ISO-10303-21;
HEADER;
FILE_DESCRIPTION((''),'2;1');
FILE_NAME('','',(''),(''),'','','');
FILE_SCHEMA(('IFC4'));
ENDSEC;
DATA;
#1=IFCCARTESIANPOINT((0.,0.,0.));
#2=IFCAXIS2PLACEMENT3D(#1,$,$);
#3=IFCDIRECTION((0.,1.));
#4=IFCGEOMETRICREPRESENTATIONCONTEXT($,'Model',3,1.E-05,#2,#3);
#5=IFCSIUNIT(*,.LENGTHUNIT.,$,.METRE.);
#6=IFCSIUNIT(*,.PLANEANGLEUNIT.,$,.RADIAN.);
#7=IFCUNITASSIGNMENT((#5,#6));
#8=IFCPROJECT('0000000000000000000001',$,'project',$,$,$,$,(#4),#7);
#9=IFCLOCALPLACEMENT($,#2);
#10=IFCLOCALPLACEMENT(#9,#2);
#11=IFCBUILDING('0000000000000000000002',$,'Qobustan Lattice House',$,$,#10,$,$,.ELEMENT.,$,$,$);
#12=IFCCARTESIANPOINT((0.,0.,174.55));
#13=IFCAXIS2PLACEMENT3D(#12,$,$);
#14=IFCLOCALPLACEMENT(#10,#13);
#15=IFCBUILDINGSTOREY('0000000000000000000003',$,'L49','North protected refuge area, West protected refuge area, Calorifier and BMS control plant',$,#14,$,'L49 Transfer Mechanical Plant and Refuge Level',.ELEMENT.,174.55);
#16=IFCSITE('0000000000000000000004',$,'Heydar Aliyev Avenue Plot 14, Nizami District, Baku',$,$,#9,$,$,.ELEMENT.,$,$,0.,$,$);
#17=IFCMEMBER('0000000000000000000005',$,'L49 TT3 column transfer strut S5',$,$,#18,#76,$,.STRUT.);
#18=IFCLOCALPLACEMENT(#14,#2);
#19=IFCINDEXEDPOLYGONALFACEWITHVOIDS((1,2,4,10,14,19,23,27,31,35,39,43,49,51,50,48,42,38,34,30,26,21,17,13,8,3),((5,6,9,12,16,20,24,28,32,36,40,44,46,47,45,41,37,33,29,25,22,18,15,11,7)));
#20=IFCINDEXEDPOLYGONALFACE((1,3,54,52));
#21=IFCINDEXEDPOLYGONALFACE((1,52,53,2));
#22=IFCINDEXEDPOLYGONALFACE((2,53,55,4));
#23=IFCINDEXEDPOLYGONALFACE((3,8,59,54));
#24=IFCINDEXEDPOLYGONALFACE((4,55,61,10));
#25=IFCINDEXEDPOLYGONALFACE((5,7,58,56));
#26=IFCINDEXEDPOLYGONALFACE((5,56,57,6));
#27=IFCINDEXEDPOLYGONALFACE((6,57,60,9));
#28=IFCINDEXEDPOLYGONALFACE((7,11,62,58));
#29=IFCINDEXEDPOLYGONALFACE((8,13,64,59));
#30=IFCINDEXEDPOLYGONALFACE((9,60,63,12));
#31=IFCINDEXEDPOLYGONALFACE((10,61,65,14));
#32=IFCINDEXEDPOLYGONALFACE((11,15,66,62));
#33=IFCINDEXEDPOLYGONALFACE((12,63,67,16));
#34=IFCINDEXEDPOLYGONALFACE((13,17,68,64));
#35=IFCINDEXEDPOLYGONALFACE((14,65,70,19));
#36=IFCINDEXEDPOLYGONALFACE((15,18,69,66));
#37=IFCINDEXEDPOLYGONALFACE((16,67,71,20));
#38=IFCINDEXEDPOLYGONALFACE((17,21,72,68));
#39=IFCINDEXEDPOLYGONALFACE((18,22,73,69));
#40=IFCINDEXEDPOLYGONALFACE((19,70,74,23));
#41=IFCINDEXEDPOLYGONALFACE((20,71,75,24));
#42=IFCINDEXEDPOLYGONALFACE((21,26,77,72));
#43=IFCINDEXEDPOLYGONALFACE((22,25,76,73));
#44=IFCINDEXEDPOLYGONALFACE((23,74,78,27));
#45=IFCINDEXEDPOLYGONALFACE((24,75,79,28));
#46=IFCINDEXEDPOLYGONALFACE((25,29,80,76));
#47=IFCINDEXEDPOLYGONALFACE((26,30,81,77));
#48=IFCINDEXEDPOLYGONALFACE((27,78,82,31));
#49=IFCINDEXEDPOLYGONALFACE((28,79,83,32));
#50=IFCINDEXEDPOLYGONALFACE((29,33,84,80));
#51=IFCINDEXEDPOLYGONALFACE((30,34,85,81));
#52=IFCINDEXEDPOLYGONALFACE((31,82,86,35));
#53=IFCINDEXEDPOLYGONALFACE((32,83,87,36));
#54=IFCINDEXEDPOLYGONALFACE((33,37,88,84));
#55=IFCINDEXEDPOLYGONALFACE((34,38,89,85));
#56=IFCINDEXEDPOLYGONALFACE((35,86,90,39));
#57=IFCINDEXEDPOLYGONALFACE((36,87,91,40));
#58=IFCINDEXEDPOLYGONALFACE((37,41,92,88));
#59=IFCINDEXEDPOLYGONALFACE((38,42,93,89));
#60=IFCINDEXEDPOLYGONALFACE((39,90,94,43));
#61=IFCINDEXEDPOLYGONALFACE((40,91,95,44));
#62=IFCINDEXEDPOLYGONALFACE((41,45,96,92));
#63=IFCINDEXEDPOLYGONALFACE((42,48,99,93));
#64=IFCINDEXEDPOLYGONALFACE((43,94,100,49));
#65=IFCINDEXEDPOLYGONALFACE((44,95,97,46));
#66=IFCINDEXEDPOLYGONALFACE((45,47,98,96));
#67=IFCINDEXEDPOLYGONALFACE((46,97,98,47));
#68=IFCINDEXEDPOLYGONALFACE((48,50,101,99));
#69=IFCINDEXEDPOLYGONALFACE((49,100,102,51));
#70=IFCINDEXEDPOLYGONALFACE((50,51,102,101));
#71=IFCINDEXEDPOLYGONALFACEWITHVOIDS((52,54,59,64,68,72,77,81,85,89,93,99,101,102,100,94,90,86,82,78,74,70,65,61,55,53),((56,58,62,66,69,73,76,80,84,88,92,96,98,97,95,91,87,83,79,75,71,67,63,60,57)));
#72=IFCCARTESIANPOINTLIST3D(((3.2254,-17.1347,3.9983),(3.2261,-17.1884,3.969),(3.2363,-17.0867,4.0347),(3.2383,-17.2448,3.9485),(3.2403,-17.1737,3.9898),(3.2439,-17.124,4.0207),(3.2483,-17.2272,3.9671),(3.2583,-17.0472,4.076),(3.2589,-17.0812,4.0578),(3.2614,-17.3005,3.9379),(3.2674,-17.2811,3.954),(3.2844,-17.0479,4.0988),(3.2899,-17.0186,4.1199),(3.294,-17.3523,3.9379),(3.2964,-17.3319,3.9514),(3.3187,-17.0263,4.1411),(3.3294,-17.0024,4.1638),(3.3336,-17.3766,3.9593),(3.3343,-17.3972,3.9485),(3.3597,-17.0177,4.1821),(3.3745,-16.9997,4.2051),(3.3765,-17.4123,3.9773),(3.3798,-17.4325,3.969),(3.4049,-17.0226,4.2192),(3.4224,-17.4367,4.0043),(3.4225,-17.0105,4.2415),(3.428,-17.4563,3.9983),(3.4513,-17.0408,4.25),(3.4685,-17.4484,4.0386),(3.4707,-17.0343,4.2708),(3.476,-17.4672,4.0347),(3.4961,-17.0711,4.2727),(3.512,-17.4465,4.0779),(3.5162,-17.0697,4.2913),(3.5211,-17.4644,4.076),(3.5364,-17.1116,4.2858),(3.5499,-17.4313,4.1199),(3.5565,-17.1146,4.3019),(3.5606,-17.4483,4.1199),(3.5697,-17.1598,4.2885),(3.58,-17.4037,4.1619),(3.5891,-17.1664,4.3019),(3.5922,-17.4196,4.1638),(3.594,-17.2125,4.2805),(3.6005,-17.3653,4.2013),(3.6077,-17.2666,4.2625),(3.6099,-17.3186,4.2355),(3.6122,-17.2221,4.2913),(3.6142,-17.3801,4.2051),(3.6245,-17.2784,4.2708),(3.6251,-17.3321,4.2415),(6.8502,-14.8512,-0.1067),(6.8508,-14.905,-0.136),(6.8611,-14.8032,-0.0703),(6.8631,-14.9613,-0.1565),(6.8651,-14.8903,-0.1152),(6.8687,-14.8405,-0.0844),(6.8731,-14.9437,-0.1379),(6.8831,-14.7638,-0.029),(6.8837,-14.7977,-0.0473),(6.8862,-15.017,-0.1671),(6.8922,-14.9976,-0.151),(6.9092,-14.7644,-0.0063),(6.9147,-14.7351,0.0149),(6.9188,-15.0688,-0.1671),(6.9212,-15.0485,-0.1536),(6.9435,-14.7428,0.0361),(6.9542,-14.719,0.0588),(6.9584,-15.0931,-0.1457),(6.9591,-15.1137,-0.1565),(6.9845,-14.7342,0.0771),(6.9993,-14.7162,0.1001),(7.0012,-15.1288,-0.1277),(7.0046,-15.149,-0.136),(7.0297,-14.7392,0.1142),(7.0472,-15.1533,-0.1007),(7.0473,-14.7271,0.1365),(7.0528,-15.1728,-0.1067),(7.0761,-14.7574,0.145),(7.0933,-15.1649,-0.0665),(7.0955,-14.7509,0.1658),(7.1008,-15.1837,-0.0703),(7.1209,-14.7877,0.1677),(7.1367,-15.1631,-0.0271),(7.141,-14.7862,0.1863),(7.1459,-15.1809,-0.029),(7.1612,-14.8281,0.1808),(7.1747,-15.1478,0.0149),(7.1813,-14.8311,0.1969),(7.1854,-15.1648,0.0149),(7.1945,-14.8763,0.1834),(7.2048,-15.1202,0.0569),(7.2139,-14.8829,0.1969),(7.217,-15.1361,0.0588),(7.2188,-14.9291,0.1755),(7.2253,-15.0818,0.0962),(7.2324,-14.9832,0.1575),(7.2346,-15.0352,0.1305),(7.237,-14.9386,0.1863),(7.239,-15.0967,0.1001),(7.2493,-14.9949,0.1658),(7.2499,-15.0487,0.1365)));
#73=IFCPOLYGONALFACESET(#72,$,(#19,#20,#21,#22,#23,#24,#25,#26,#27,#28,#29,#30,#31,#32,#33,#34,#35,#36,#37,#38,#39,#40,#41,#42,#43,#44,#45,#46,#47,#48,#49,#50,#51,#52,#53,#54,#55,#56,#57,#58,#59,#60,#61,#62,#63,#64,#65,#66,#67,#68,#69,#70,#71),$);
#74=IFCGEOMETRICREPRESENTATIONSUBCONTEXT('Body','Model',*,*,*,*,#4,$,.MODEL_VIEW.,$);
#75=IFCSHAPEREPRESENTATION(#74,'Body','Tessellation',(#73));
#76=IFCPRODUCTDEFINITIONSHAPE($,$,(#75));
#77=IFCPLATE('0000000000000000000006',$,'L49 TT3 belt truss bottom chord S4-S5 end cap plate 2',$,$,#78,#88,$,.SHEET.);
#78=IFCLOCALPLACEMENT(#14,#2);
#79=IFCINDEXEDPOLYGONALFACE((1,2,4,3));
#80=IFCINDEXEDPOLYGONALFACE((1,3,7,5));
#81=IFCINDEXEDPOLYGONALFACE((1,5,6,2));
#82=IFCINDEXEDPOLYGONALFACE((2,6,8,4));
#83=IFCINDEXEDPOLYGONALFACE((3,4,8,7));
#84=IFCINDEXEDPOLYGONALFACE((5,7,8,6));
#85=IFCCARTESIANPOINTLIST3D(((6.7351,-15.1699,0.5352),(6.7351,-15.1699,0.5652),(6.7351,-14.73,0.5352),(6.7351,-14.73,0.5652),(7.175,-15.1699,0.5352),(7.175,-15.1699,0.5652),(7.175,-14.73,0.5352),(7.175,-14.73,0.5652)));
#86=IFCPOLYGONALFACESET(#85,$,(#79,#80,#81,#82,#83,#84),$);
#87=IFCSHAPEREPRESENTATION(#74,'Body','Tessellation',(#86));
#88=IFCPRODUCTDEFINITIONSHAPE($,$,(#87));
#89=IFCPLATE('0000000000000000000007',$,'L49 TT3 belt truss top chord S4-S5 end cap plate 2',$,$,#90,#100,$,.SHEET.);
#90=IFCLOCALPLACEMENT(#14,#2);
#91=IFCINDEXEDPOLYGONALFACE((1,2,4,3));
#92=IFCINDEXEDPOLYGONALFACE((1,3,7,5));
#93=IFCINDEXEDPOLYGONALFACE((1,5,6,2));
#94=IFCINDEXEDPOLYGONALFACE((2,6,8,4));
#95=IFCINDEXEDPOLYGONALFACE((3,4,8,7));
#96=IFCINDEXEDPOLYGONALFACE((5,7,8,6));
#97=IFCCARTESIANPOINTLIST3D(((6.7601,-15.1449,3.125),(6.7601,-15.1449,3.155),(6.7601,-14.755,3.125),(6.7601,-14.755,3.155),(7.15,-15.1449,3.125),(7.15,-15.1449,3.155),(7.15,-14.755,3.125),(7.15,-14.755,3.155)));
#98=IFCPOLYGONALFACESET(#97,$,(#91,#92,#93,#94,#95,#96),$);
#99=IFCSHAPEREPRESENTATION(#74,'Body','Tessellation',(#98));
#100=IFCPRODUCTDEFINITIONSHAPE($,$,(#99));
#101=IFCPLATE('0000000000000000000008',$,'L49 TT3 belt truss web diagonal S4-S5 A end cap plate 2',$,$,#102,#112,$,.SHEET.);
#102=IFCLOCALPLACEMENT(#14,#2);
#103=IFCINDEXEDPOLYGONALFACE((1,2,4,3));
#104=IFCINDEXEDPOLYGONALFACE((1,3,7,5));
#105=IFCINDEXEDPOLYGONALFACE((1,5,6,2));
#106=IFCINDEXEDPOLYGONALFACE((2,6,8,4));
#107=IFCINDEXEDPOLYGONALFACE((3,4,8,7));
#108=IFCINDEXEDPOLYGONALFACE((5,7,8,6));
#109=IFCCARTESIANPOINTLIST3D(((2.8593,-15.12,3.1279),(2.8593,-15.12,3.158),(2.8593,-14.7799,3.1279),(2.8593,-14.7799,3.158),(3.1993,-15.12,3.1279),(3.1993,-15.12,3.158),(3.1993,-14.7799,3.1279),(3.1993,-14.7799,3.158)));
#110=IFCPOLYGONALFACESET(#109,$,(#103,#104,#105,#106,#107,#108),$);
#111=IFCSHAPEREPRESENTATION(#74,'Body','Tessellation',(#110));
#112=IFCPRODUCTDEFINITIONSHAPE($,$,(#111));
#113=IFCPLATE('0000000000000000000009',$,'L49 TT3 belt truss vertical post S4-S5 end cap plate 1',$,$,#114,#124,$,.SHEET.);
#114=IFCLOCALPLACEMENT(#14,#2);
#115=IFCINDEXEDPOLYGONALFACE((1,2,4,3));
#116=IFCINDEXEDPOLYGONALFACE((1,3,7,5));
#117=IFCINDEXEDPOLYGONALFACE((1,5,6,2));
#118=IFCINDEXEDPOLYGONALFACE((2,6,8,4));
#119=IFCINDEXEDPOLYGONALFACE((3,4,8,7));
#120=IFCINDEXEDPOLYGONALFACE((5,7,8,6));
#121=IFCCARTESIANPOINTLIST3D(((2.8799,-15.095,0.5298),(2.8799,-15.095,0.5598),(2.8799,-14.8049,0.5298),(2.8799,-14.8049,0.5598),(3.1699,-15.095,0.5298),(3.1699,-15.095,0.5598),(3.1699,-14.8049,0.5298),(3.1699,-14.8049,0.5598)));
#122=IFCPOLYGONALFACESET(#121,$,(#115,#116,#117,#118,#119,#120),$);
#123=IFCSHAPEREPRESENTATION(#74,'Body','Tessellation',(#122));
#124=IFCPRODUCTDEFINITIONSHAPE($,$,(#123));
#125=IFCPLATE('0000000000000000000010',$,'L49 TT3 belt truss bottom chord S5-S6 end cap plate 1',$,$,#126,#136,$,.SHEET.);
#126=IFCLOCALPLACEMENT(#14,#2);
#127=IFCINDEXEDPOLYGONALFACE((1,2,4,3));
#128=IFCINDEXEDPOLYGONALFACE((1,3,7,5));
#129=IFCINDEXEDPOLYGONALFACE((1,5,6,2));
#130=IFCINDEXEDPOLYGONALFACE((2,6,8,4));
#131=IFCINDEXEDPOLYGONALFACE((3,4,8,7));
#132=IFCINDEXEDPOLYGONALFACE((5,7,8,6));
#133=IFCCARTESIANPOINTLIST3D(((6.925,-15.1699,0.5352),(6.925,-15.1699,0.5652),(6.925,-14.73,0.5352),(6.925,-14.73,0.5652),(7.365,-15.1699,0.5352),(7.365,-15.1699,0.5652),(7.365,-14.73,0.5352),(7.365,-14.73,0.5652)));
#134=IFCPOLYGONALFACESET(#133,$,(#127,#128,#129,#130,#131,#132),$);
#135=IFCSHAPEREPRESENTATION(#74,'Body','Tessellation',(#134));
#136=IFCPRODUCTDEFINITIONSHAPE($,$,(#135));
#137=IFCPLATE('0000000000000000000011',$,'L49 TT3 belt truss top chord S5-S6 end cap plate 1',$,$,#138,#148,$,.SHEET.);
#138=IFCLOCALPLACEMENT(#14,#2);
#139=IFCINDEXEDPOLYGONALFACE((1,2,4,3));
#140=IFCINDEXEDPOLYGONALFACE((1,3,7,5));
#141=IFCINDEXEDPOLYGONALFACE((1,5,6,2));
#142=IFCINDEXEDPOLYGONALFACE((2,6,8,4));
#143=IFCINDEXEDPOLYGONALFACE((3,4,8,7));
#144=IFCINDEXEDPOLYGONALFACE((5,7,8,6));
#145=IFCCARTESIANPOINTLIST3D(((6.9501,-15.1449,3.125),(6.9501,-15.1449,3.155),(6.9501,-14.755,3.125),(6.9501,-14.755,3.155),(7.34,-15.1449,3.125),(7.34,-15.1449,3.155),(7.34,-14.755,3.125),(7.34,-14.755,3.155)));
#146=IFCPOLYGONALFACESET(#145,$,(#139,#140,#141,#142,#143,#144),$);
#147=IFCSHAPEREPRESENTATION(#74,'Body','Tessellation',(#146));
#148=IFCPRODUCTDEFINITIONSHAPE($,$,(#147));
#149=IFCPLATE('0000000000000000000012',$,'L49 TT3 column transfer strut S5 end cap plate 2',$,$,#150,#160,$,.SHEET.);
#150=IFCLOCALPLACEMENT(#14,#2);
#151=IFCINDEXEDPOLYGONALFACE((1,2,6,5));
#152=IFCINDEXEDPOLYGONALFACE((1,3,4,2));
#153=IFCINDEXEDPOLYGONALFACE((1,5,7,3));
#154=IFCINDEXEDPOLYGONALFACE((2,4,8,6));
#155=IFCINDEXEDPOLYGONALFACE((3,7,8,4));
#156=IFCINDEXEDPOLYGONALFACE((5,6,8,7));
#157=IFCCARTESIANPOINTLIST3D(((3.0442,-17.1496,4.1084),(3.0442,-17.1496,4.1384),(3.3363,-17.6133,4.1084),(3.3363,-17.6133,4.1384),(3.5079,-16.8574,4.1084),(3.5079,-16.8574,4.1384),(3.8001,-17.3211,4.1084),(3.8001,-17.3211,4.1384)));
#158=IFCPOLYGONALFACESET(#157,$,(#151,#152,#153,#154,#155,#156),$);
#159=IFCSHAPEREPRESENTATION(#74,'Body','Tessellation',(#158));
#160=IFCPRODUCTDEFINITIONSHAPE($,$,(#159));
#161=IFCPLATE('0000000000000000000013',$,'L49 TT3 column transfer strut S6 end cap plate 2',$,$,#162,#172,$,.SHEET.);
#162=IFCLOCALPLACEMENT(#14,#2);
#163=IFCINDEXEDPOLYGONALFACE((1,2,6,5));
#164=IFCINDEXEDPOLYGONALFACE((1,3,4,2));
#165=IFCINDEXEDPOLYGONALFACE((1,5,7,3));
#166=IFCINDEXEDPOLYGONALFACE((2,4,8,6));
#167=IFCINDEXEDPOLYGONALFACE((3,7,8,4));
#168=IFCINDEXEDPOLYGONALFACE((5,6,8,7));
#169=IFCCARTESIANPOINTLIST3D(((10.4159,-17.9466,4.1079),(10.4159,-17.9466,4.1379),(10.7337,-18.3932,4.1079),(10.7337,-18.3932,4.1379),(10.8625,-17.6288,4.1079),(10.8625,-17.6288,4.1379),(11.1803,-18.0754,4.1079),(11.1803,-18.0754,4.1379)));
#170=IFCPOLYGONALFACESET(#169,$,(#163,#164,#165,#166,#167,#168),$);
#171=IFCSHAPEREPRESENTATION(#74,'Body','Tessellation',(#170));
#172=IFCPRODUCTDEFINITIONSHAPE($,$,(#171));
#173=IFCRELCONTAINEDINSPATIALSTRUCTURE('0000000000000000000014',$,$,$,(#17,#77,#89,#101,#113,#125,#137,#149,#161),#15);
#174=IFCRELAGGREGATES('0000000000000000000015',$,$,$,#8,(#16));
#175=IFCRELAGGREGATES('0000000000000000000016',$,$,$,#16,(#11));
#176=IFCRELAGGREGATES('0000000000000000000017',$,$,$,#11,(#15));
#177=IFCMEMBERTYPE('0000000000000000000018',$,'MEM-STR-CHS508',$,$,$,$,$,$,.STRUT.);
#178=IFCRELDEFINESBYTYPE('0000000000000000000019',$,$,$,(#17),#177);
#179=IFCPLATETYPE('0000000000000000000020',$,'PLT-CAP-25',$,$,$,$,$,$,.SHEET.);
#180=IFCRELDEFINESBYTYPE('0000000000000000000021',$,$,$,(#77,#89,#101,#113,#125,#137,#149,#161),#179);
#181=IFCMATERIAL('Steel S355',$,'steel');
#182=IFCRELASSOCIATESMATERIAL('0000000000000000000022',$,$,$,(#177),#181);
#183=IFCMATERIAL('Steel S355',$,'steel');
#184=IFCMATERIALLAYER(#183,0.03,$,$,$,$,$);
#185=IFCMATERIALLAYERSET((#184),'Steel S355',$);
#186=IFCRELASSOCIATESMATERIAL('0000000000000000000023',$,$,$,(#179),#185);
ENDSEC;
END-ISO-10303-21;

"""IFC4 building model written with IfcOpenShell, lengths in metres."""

from ifc_helpers import new_model, si_unit, direction, frame, origin, origin_2d, place, context, subcontext, project, spatial, rectangle, hollow_circle, extrude, material, layer, layer_set, material_profile, profile_set, type_object, element, save


model = new_model("IFC4")

# Units and contexts
model_context = context("Model", 3, precision=1e-05, world=origin(), true_north=direction((0.0, 1.0)))
body_context = subcontext(model_context, "Body", "Model", "MODEL_VIEW")
ifc_project = project(units=[si_unit("LENGTHUNIT", "METRE"), si_unit("PLANEANGLEUNIT", "RADIAN")], contexts=[model_context])

# Site, building, storey
site_placement = place(None, origin())
site = spatial("IfcSite", under=ifc_project, at=site_placement, Name="Heydar Aliyev Avenue Plot 14, Nizami District, Baku", CompositionType="ELEMENT", RefElevation=0.0)
building_placement = place(site_placement, origin())
building = spatial("IfcBuilding", under=site, at=building_placement, Name="Qobustan Lattice House", CompositionType="ELEMENT")
storey_placement = place(building_placement, frame((0.0, 0.0, 174.55)))
storey = spatial("IfcBuildingStorey", under=building, at=storey_placement, Name="L49", Description="North protected refuge area, West protected refuge area, Calorifier and BMS control plant", LongName="L49 Transfer Mechanical Plant and Refuge Level", CompositionType="ELEMENT", Elevation=174.55)

# Member
ifc_material_1 = material(Name="Steel S355", Category="steel")
ifc_material_profile_1 = material_profile(ifc_material_1, hollow_circle(Radius=0.2539, WallThickness=0.02, at=origin_2d()), Name="CHS508x20")
ifc_profile_set_1 = profile_set([ifc_material_profile_1], Name="Steel S355")
member_type_1 = type_object("IfcMemberType", Name="MEM-STR-CHS508", PredefinedType="STRUT", material=ifc_profile_set_1)
member_1_placement = place(storey_placement, frame((7.05, -14.95, 0.0149), z_axis=(-0.610919, -0.384854, 0.691856), x_axis=(0.533013, -0.846107, 0.0)))
element("IfcMember", 1, at=member_1_placement, inside=storey, type_object=member_type_1, Name="L49 TT3 column transfer strut S5", PredefinedType="STRUT", context=body_context, shape_type="SweptSolid", body=[
    extrude(hollow_circle(Radius=0.2539, WallThickness=0.02, at=origin_2d()), origin(), (0.0, 0.0, 1.0), 5.9333),
])

# Plates
ifc_material_2 = material(Name="Steel S355", Category="steel")
ifc_layer = layer(ifc_material_2, 0.03)
ifc_layer_set = layer_set([ifc_layer], Name="Steel S355")
plate_type = type_object("IfcPlateType", Name="PLT-CAP-25", PredefinedType="SHEET", material=ifc_layer_set)
plate_1_placement = place(storey_placement, frame((6.9551, -14.95, 0.5352), z_axis=(0.0, 0.0, 1.0), x_axis=(1.0, 0.0, 0.0)))
element("IfcPlate", 2, at=plate_1_placement, inside=storey, type_object=plate_type, Name="L49 TT3 belt truss bottom chord S4-S5 end cap plate 2", PredefinedType="SHEET", context=body_context, shape_type="SweptSolid", body=[
    extrude(rectangle(XDim=0.4399, YDim=0.4399, at=origin_2d()), origin(), (0.0, 0.0, 1.0), 0.03),
])
plate_2_placement = place(storey_placement, frame((6.9551, -14.95, 3.125), z_axis=(0.0, 0.0, 1.0), x_axis=(1.0, 0.0, 0.0)))
element("IfcPlate", 3, at=plate_2_placement, inside=storey, type_object=plate_type, Name="L49 TT3 belt truss top chord S4-S5 end cap plate 2", PredefinedType="SHEET", context=body_context, shape_type="SweptSolid", body=[
    extrude(rectangle(XDim=0.3899, YDim=0.3899, at=origin_2d()), origin(), (0.0, 0.0, 1.0), 0.03),
])
plate_3_placement = place(storey_placement, frame((3.0293, -14.95, 3.1279), z_axis=(0.0, 0.0, 1.0), x_axis=(1.0, 0.0, 0.0)))
element("IfcPlate", 4, at=plate_3_placement, inside=storey, type_object=plate_type, Name="L49 TT3 belt truss web diagonal S4-S5 A end cap plate 2", PredefinedType="SHEET", context=body_context, shape_type="SweptSolid", body=[
    extrude(rectangle(XDim=0.3401, YDim=0.3401, at=origin_2d()), origin(), (0.0, 0.0, 1.0), 0.03),
])
plate_4_placement = place(storey_placement, frame((3.0249, -14.95, 0.5298), z_axis=(0.0, 0.0, 1.0), x_axis=(1.0, 0.0, 0.0)))
element("IfcPlate", 5, at=plate_4_placement, inside=storey, type_object=plate_type, Name="L49 TT3 belt truss vertical post S4-S5 end cap plate 1", PredefinedType="SHEET", context=body_context, shape_type="SweptSolid", body=[
    extrude(rectangle(XDim=0.29, YDim=0.29, at=origin_2d()), origin(), (0.0, 0.0, 1.0), 0.03),
])
plate_5_placement = place(storey_placement, frame((7.145, -14.95, 0.5352), z_axis=(0.0, 0.0, 1.0), x_axis=(1.0, 0.0, 0.0)))
element("IfcPlate", 6, at=plate_5_placement, inside=storey, type_object=plate_type, Name="L49 TT3 belt truss bottom chord S5-S6 end cap plate 1", PredefinedType="SHEET", context=body_context, shape_type="SweptSolid", body=[
    extrude(rectangle(XDim=0.4399, YDim=0.4399, at=origin_2d()), origin(), (0.0, 0.0, 1.0), 0.03),
])
plate_6_placement = place(storey_placement, frame((7.145, -14.95, 3.125), z_axis=(0.0, 0.0, 1.0), x_axis=(1.0, 0.0, 0.0)))
element("IfcPlate", 7, at=plate_6_placement, inside=storey, type_object=plate_type, Name="L49 TT3 belt truss top chord S5-S6 end cap plate 1", PredefinedType="SHEET", context=body_context, shape_type="SweptSolid", body=[
    extrude(rectangle(XDim=0.3899, YDim=0.3899, at=origin_2d()), origin(), (0.0, 0.0, 1.0), 0.03),
])
for number, where, z_axis, x_axis, name in (
    (8, (3.4221, -17.2354, 4.1084), (0.0, 0.0, 1.0), (-0.8461, -0.533024, 0.0), "L49 TT3 column transfer strut S5 end cap plate 2"),
    (9, (10.7981, -18.011, 4.1079), (0.0, 0.0, 1.0), (-0.814794, -0.579751, 0.0), "L49 TT3 column transfer strut S6 end cap plate 2"),
):
    element("IfcPlate", number, at=place(storey_placement, frame(where, z_axis=z_axis, x_axis=x_axis)), inside=storey, type_object=plate_type, Name=name, PredefinedType="SHEET", context=body_context, shape_type="SweptSolid", body=[
        extrude(rectangle(XDim=0.5481, YDim=0.5481, at=origin_2d()), origin(), (0.0, 0.0, 1.0), 0.03),
    ])

save(model, "model.ifc")
